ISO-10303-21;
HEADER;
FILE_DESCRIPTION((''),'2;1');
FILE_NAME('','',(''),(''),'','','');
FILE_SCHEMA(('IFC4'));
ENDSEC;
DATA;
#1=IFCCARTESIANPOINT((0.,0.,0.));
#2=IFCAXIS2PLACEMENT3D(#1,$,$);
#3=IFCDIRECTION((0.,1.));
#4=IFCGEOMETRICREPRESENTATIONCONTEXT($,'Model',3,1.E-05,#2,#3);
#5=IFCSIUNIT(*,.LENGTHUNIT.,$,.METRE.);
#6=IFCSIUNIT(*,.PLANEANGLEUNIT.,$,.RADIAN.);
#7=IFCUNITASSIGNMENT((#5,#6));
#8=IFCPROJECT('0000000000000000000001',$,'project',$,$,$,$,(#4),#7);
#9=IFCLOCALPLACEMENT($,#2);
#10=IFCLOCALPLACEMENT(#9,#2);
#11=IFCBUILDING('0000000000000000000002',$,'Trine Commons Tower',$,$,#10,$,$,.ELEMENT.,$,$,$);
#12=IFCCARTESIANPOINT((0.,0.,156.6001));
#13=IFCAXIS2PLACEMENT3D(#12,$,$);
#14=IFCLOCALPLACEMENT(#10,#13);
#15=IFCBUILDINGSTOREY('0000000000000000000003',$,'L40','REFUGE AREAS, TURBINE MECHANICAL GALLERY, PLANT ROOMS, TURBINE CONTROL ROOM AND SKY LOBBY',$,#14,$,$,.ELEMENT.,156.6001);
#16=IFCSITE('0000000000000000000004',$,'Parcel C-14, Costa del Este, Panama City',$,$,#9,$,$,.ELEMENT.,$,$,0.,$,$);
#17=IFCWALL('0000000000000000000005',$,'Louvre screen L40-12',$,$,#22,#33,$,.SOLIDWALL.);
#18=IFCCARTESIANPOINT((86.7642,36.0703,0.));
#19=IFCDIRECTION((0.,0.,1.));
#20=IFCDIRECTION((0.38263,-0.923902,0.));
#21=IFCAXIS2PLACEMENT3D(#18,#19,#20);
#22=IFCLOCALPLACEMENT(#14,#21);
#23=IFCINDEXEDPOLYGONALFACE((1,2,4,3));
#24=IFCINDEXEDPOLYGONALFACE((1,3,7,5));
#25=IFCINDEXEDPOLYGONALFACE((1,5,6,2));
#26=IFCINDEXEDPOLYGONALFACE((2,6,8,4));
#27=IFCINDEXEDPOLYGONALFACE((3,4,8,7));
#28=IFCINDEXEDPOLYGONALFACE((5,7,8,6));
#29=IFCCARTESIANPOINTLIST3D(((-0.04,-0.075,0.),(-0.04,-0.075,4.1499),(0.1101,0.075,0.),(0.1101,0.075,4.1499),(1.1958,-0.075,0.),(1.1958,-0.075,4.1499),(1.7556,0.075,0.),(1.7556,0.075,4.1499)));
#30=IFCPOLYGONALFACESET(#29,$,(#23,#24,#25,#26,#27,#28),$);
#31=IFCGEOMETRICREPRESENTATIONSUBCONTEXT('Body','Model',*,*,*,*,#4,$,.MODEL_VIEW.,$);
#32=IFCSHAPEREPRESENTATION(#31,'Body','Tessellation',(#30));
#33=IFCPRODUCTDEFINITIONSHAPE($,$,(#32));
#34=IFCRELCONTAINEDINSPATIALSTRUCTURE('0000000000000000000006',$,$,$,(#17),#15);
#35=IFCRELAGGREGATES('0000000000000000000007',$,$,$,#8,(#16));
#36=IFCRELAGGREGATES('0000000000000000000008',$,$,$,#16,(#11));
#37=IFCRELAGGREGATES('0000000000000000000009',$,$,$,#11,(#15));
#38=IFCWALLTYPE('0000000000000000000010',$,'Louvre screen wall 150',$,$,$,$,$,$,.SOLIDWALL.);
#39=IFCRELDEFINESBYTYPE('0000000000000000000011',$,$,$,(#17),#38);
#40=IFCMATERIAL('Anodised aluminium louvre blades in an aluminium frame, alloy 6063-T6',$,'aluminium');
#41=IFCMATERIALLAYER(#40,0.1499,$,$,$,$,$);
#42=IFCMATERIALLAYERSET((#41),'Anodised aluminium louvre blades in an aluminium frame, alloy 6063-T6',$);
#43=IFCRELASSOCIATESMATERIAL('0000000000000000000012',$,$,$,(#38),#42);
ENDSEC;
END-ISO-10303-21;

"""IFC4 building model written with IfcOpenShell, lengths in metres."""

from ifc_helpers import new_model, si_unit, direction, frame, origin, place, context, subcontext, project, spatial, polyline, outline, extrude, material, layer, layer_set, type_object, element, save


model = new_model("IFC4")

# Units and contexts
model_context = context("Model", 3, precision=1e-05, world=origin(), true_north=direction((0.0, 1.0)))
body_context = subcontext(model_context, "Body", "Model", "MODEL_VIEW")
ifc_project = project(units=[si_unit("LENGTHUNIT", "METRE"), si_unit("PLANEANGLEUNIT", "RADIAN")], contexts=[model_context])

# Site, building, storey
site_placement = place(None, origin())
site = spatial("IfcSite", under=ifc_project, at=site_placement, Name="Parcel C-14, Costa del Este, Panama City", CompositionType="ELEMENT", RefElevation=0.0)
building_placement = place(site_placement, origin())
building = spatial("IfcBuilding", under=site, at=building_placement, Name="Trine Commons Tower", CompositionType="ELEMENT")
storey_placement = place(building_placement, frame((0.0, 0.0, 156.6001)))
storey = spatial("IfcBuildingStorey", under=building, at=storey_placement, Name="L40", Description="REFUGE AREAS, TURBINE MECHANICAL GALLERY, PLANT ROOMS, TURBINE CONTROL ROOM AND SKY LOBBY", CompositionType="ELEMENT", Elevation=156.6001)

# Wall
ifc_material_1 = material(Name="Anodised aluminium louvre blades in an aluminium frame, alloy 6063-T6", Category="aluminium")
ifc_layer_1 = layer(ifc_material_1, 0.1499)
ifc_layer_set_1 = layer_set([ifc_layer_1], Name="Anodised aluminium louvre blades in an aluminium frame, alloy 6063-T6")
wall_type_1 = type_object("IfcWallType", Name="Louvre screen wall 150", PredefinedType="SOLIDWALL", material=ifc_layer_set_1)
wall_1_placement = place(storey_placement, frame((86.7642, 36.0703, 0.0), z_axis=(0.0, 0.0, 1.0), x_axis=(0.38263, -0.923902, 0.0)))
element("IfcWall", 1, at=wall_1_placement, inside=storey, type_object=wall_type_1, Name="Louvre screen L40-12", PredefinedType="SOLIDWALL", context=body_context, shape_type="SweptSolid", body=[
    extrude(outline(polyline([(-0.04, -0.075), (1.1958, -0.075), (1.7556, 0.075), (0.1101, 0.075), (-0.04, -0.075)])), origin(), (0.0, 0.0, 1.0), 4.1499),
])

save(model, "model.ifc")
